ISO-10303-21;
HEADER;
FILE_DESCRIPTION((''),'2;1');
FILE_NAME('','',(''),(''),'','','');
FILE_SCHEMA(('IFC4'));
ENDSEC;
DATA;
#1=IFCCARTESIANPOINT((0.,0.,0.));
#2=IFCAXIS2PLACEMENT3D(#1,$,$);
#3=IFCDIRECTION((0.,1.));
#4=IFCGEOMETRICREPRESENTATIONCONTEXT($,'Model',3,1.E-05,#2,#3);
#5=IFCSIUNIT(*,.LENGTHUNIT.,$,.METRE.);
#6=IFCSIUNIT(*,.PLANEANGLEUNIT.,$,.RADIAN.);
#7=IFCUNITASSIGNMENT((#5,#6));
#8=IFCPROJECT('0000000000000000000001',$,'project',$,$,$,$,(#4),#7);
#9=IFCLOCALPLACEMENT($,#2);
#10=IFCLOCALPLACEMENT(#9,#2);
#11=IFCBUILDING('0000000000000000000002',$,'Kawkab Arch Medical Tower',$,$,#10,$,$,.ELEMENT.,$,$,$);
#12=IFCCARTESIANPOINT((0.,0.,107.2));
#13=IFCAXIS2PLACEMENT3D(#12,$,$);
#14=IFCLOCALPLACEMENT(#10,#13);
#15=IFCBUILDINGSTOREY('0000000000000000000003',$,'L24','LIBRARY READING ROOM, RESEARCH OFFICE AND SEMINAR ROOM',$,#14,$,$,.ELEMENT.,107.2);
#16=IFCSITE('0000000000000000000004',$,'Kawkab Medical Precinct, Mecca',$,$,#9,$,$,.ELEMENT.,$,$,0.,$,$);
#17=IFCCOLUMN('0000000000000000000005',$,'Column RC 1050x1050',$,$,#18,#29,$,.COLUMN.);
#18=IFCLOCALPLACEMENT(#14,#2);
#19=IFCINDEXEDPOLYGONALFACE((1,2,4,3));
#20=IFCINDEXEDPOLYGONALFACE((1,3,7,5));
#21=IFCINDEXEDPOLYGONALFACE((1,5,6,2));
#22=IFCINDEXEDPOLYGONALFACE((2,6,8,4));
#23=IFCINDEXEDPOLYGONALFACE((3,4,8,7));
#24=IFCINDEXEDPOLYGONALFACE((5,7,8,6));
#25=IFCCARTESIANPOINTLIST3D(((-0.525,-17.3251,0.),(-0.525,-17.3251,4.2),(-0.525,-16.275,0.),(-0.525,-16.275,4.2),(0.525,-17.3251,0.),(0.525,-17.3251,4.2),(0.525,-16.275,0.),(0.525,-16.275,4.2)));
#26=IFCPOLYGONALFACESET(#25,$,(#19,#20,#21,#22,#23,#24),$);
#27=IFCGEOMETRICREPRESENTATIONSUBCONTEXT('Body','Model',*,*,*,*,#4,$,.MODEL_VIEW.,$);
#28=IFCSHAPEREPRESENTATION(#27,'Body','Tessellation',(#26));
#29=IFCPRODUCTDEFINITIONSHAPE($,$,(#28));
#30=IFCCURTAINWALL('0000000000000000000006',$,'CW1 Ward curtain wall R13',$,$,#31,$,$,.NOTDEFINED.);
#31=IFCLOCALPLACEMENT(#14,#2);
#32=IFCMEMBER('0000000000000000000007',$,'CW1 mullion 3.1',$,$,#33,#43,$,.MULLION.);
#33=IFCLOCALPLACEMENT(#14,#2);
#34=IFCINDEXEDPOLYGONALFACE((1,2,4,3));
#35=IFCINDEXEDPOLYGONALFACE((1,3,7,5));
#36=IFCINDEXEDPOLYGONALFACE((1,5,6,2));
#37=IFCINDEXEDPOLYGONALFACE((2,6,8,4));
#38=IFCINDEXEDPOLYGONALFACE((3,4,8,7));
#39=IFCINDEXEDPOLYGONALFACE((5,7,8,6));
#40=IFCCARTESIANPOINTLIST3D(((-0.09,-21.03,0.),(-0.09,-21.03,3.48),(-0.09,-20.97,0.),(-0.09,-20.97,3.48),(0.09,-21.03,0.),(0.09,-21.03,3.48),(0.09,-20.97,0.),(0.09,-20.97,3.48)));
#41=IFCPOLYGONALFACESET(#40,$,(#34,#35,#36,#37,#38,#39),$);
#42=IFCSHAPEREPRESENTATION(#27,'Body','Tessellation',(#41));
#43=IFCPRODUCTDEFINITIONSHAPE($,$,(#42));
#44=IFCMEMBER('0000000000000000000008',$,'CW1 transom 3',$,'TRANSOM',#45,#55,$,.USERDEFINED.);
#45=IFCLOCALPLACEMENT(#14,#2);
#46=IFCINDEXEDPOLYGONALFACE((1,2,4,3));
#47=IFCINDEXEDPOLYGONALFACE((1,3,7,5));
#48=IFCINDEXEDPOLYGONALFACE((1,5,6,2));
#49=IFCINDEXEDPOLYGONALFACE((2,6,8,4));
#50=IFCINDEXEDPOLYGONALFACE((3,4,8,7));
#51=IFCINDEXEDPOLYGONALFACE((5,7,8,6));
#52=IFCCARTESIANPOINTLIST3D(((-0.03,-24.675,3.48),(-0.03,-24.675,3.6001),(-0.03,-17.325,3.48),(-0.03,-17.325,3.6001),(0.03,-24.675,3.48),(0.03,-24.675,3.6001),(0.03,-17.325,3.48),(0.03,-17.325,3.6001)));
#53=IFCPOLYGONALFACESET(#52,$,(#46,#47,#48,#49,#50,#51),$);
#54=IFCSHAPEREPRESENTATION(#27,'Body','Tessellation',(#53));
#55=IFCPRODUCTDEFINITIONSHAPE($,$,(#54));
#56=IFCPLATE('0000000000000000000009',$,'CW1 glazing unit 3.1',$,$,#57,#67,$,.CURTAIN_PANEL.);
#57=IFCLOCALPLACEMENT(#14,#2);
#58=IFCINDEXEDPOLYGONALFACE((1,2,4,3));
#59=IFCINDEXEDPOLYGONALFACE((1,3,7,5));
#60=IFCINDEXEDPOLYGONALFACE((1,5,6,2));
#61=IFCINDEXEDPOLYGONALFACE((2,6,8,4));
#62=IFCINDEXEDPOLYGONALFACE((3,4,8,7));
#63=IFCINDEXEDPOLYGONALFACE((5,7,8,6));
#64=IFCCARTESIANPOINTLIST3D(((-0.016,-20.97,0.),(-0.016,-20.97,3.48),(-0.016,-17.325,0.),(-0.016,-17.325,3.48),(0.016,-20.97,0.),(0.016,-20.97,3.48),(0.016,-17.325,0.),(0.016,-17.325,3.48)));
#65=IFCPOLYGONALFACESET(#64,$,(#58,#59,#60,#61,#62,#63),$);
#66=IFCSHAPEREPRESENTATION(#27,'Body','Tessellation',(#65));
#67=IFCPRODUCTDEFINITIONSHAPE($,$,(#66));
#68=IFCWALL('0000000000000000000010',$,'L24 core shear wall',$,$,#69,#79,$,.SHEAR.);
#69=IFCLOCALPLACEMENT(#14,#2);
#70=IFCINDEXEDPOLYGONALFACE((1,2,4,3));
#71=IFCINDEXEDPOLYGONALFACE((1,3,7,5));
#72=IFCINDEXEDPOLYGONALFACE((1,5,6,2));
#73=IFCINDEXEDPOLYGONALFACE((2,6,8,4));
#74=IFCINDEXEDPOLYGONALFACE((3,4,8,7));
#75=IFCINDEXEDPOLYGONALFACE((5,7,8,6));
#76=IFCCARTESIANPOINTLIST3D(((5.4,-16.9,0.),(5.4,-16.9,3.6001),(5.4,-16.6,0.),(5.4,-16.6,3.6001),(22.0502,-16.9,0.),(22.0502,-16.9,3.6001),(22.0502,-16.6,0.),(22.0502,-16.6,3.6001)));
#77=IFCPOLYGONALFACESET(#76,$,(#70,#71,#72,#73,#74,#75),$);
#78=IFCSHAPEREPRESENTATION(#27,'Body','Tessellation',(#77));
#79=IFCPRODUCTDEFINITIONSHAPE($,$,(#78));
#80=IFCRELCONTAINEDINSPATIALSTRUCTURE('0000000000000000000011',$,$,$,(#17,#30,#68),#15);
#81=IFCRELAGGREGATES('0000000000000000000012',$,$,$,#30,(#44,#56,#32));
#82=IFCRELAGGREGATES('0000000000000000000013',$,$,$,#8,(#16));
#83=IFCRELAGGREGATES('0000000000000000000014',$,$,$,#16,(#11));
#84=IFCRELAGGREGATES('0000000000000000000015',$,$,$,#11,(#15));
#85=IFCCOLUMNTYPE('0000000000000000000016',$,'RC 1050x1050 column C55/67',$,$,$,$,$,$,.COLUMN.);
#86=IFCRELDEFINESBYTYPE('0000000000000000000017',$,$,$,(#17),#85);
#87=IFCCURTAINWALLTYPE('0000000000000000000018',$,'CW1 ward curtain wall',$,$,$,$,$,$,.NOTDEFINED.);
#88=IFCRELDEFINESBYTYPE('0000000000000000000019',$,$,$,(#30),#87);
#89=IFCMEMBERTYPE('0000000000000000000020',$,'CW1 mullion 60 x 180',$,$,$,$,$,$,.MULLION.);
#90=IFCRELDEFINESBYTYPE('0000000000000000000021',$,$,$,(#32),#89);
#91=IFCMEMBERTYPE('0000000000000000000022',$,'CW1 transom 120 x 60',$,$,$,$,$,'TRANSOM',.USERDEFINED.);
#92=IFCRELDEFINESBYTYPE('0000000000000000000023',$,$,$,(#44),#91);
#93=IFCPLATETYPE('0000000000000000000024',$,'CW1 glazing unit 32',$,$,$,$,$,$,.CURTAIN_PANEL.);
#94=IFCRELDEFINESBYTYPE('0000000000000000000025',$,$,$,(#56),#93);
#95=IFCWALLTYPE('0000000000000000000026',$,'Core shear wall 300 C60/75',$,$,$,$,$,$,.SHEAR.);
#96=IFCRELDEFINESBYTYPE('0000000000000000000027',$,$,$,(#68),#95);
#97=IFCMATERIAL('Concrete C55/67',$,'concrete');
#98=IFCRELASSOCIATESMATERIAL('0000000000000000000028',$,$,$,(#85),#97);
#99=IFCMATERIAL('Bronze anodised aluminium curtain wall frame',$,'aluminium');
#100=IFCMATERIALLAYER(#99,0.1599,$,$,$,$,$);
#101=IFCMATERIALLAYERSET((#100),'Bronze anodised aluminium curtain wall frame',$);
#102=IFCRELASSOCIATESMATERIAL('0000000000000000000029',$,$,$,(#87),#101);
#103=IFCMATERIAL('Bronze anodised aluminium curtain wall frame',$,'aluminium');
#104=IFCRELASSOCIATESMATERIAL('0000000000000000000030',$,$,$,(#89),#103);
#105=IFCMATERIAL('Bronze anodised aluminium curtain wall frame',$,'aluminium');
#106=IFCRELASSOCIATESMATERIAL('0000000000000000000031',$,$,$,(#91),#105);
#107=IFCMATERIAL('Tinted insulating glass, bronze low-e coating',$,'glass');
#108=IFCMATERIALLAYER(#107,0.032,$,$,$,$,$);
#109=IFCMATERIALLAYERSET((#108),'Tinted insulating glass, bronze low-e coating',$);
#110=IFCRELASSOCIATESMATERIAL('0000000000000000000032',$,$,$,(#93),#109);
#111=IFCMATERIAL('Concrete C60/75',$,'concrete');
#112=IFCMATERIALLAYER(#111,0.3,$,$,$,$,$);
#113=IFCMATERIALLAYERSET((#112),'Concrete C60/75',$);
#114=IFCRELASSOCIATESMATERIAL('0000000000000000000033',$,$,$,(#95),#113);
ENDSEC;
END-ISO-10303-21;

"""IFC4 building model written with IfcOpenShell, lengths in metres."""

from ifc_helpers import new_model, si_unit, direction, frame, frame_2d, origin, origin_2d, place, context, subcontext, project, spatial, rectangle, extrude, material, layer, layer_set, material_profile, profile_set, type_object, element, aggregate, save


model = new_model("IFC4")

# Units and contexts
model_context = context("Model", 3, precision=1e-05, world=origin(), true_north=direction((0.0, 1.0)))
body_context = subcontext(model_context, "Body", "Model", "MODEL_VIEW")
ifc_project = project(units=[si_unit("LENGTHUNIT", "METRE"), si_unit("PLANEANGLEUNIT", "RADIAN")], contexts=[model_context])

# Site, building, storey
site_placement = place(None, origin())
site = spatial("IfcSite", under=ifc_project, at=site_placement, Name="Kawkab Medical Precinct, Mecca", CompositionType="ELEMENT", RefElevation=0.0)
building_placement = place(site_placement, origin())
building = spatial("IfcBuilding", under=site, at=building_placement, Name="Kawkab Arch Medical Tower", CompositionType="ELEMENT")
storey_placement = place(building_placement, frame((0.0, 0.0, 107.2)))
storey = spatial("IfcBuildingStorey", under=building, at=storey_placement, Name="L24", Description="LIBRARY READING ROOM, RESEARCH OFFICE AND SEMINAR ROOM", CompositionType="ELEMENT", Elevation=107.2)

# Column
ifc_material_1 = material(Name="Concrete C55/67", Category="concrete")
ifc_material_profile_1 = material_profile(ifc_material_1, rectangle(XDim=1.05, YDim=1.05, at=origin_2d()), Name="RC 1050x1050")
ifc_profile_set_1 = profile_set([ifc_material_profile_1], Name="Concrete C55/67")
column_type = type_object("IfcColumnType", Name="RC 1050x1050 column C55/67", PredefinedType="COLUMN", material=ifc_profile_set_1)
column_placement = place(storey_placement, frame((0.0, -16.8, 0.0), z_axis=(0.0, 0.0, 1.0), x_axis=(1.0, 0.0, 0.0)))
element("IfcColumn", 1, at=column_placement, inside=storey, type_object=column_type, Name="Column RC 1050x1050", PredefinedType="COLUMN", context=body_context, shape_type="SweptSolid", body=[
    extrude(rectangle(XDim=1.05, YDim=1.05, at=origin_2d()), origin(), (0.0, 0.0, 1.0), 4.2),
])

# Curtain wall, members, plate
ifc_material_2 = material(Name="Bronze anodised aluminium curtain wall frame", Category="aluminium")
ifc_layer_1 = layer(ifc_material_2, 0.1599)
ifc_layer_set_1 = layer_set([ifc_layer_1], Name="Bronze anodised aluminium curtain wall frame")
curtain_wall_type = type_object("IfcCurtainWallType", Name="CW1 ward curtain wall", PredefinedType="NOTDEFINED", material=ifc_layer_set_1)
placement = place(storey_placement, origin())
curtain_wall = element("IfcCurtainWall", 2, at=placement, inside=storey, type_object=curtain_wall_type, Name="CW1 Ward curtain wall R13", PredefinedType="NOTDEFINED")
ifc_material_3 = material(Name="Bronze anodised aluminium curtain wall frame", Category="aluminium")
ifc_material_profile_2 = material_profile(ifc_material_3, rectangle(XDim=0.1799, YDim=0.0601, at=origin_2d()), Name="AL 60x180")
ifc_profile_set_2 = profile_set([ifc_material_profile_2], Name="Bronze anodised aluminium curtain wall frame")
member_type_1 = type_object("IfcMemberType", Name="CW1 mullion 60 x 180", PredefinedType="MULLION", material=ifc_profile_set_2)
member_1_placement = place(storey_placement, frame((0.0, -21.0, 0.0), z_axis=(0.0, 0.0, 1.0), x_axis=(1.0, 0.0, 0.0)))
member_1 = element("IfcMember", 3, at=member_1_placement, type_object=member_type_1, Name="CW1 mullion 3.1", PredefinedType="MULLION", context=body_context, shape_type="SweptSolid", body=[
    extrude(rectangle(XDim=0.1799, YDim=0.0601, at=origin_2d()), origin(), (0.0, 0.0, 1.0), 3.48),
])
ifc_material_4 = material(Name="Bronze anodised aluminium curtain wall frame", Category="aluminium")
ifc_material_profile_3 = material_profile(ifc_material_4, rectangle(XDim=0.0601, YDim=0.1201, at=origin_2d()), Name="AL 60x120")
ifc_profile_set_3 = profile_set([ifc_material_profile_3], Name="Bronze anodised aluminium curtain wall frame")
member_type_2 = type_object("IfcMemberType", Name="CW1 transom 120 x 60", ElementType="TRANSOM", PredefinedType="USERDEFINED", material=ifc_profile_set_3)
member_2_placement = place(storey_placement, frame((0.0, -17.325, 3.54), z_axis=(0.0, -1.0, 0.0), x_axis=(1.0, 0.0, 0.0)))
member_2 = element("IfcMember", 4, at=member_2_placement, type_object=member_type_2, Name="CW1 transom 3", ObjectType="TRANSOM", PredefinedType="USERDEFINED", context=body_context, shape_type="SweptSolid", body=[
    extrude(rectangle(XDim=0.0601, YDim=0.1201, at=origin_2d()), origin(), (0.0, 0.0, 1.0), 7.3501),
])
ifc_material_5 = material(Name="Tinted insulating glass, bronze low-e coating", Category="glass")
ifc_layer_2 = layer(ifc_material_5, 0.032)
ifc_layer_set_2 = layer_set([ifc_layer_2], Name="Tinted insulating glass, bronze low-e coating")
plate_type = type_object("IfcPlateType", Name="CW1 glazing unit 32", PredefinedType="CURTAIN_PANEL", material=ifc_layer_set_2)
plate_placement = place(storey_placement, frame((0.0, -19.1475, 0.0), z_axis=(0.0, 0.0, 1.0), x_axis=(0.0, -1.0, 0.0)))
plate = element("IfcPlate", 5, at=plate_placement, type_object=plate_type, Name="CW1 glazing unit 3.1", PredefinedType="CURTAIN_PANEL", context=body_context, shape_type="SweptSolid", body=[
    extrude(rectangle(XDim=3.645, YDim=0.032, at=origin_2d()), origin(), (0.0, 0.0, 1.0), 3.48),
])
aggregate(curtain_wall, [member_2, plate, member_1])

# Wall
ifc_material_6 = material(Name="Concrete C60/75", Category="concrete")
ifc_layer_3 = layer(ifc_material_6, 0.3)
ifc_layer_set_3 = layer_set([ifc_layer_3], Name="Concrete C60/75")
wall_type_1 = type_object("IfcWallType", Name="Core shear wall 300 C60/75", PredefinedType="SHEAR", material=ifc_layer_set_3)
wall_1_placement = place(storey_placement, frame((5.3999, -16.75, 0.0), z_axis=(0.0, 0.0, 1.0), x_axis=(1.0, 0.0, 0.0)))
element("IfcWall", 6, at=wall_1_placement, inside=storey, type_object=wall_type_1, Name="L24 core shear wall", PredefinedType="SHEAR", context=body_context, shape_type="SweptSolid", body=[
    extrude(rectangle(XDim=16.6501, YDim=0.3, at=frame_2d((8.3252, 0.0))), origin(), (0.0, 0.0, 1.0), 3.6001),
])

save(model, "model.ifc")
